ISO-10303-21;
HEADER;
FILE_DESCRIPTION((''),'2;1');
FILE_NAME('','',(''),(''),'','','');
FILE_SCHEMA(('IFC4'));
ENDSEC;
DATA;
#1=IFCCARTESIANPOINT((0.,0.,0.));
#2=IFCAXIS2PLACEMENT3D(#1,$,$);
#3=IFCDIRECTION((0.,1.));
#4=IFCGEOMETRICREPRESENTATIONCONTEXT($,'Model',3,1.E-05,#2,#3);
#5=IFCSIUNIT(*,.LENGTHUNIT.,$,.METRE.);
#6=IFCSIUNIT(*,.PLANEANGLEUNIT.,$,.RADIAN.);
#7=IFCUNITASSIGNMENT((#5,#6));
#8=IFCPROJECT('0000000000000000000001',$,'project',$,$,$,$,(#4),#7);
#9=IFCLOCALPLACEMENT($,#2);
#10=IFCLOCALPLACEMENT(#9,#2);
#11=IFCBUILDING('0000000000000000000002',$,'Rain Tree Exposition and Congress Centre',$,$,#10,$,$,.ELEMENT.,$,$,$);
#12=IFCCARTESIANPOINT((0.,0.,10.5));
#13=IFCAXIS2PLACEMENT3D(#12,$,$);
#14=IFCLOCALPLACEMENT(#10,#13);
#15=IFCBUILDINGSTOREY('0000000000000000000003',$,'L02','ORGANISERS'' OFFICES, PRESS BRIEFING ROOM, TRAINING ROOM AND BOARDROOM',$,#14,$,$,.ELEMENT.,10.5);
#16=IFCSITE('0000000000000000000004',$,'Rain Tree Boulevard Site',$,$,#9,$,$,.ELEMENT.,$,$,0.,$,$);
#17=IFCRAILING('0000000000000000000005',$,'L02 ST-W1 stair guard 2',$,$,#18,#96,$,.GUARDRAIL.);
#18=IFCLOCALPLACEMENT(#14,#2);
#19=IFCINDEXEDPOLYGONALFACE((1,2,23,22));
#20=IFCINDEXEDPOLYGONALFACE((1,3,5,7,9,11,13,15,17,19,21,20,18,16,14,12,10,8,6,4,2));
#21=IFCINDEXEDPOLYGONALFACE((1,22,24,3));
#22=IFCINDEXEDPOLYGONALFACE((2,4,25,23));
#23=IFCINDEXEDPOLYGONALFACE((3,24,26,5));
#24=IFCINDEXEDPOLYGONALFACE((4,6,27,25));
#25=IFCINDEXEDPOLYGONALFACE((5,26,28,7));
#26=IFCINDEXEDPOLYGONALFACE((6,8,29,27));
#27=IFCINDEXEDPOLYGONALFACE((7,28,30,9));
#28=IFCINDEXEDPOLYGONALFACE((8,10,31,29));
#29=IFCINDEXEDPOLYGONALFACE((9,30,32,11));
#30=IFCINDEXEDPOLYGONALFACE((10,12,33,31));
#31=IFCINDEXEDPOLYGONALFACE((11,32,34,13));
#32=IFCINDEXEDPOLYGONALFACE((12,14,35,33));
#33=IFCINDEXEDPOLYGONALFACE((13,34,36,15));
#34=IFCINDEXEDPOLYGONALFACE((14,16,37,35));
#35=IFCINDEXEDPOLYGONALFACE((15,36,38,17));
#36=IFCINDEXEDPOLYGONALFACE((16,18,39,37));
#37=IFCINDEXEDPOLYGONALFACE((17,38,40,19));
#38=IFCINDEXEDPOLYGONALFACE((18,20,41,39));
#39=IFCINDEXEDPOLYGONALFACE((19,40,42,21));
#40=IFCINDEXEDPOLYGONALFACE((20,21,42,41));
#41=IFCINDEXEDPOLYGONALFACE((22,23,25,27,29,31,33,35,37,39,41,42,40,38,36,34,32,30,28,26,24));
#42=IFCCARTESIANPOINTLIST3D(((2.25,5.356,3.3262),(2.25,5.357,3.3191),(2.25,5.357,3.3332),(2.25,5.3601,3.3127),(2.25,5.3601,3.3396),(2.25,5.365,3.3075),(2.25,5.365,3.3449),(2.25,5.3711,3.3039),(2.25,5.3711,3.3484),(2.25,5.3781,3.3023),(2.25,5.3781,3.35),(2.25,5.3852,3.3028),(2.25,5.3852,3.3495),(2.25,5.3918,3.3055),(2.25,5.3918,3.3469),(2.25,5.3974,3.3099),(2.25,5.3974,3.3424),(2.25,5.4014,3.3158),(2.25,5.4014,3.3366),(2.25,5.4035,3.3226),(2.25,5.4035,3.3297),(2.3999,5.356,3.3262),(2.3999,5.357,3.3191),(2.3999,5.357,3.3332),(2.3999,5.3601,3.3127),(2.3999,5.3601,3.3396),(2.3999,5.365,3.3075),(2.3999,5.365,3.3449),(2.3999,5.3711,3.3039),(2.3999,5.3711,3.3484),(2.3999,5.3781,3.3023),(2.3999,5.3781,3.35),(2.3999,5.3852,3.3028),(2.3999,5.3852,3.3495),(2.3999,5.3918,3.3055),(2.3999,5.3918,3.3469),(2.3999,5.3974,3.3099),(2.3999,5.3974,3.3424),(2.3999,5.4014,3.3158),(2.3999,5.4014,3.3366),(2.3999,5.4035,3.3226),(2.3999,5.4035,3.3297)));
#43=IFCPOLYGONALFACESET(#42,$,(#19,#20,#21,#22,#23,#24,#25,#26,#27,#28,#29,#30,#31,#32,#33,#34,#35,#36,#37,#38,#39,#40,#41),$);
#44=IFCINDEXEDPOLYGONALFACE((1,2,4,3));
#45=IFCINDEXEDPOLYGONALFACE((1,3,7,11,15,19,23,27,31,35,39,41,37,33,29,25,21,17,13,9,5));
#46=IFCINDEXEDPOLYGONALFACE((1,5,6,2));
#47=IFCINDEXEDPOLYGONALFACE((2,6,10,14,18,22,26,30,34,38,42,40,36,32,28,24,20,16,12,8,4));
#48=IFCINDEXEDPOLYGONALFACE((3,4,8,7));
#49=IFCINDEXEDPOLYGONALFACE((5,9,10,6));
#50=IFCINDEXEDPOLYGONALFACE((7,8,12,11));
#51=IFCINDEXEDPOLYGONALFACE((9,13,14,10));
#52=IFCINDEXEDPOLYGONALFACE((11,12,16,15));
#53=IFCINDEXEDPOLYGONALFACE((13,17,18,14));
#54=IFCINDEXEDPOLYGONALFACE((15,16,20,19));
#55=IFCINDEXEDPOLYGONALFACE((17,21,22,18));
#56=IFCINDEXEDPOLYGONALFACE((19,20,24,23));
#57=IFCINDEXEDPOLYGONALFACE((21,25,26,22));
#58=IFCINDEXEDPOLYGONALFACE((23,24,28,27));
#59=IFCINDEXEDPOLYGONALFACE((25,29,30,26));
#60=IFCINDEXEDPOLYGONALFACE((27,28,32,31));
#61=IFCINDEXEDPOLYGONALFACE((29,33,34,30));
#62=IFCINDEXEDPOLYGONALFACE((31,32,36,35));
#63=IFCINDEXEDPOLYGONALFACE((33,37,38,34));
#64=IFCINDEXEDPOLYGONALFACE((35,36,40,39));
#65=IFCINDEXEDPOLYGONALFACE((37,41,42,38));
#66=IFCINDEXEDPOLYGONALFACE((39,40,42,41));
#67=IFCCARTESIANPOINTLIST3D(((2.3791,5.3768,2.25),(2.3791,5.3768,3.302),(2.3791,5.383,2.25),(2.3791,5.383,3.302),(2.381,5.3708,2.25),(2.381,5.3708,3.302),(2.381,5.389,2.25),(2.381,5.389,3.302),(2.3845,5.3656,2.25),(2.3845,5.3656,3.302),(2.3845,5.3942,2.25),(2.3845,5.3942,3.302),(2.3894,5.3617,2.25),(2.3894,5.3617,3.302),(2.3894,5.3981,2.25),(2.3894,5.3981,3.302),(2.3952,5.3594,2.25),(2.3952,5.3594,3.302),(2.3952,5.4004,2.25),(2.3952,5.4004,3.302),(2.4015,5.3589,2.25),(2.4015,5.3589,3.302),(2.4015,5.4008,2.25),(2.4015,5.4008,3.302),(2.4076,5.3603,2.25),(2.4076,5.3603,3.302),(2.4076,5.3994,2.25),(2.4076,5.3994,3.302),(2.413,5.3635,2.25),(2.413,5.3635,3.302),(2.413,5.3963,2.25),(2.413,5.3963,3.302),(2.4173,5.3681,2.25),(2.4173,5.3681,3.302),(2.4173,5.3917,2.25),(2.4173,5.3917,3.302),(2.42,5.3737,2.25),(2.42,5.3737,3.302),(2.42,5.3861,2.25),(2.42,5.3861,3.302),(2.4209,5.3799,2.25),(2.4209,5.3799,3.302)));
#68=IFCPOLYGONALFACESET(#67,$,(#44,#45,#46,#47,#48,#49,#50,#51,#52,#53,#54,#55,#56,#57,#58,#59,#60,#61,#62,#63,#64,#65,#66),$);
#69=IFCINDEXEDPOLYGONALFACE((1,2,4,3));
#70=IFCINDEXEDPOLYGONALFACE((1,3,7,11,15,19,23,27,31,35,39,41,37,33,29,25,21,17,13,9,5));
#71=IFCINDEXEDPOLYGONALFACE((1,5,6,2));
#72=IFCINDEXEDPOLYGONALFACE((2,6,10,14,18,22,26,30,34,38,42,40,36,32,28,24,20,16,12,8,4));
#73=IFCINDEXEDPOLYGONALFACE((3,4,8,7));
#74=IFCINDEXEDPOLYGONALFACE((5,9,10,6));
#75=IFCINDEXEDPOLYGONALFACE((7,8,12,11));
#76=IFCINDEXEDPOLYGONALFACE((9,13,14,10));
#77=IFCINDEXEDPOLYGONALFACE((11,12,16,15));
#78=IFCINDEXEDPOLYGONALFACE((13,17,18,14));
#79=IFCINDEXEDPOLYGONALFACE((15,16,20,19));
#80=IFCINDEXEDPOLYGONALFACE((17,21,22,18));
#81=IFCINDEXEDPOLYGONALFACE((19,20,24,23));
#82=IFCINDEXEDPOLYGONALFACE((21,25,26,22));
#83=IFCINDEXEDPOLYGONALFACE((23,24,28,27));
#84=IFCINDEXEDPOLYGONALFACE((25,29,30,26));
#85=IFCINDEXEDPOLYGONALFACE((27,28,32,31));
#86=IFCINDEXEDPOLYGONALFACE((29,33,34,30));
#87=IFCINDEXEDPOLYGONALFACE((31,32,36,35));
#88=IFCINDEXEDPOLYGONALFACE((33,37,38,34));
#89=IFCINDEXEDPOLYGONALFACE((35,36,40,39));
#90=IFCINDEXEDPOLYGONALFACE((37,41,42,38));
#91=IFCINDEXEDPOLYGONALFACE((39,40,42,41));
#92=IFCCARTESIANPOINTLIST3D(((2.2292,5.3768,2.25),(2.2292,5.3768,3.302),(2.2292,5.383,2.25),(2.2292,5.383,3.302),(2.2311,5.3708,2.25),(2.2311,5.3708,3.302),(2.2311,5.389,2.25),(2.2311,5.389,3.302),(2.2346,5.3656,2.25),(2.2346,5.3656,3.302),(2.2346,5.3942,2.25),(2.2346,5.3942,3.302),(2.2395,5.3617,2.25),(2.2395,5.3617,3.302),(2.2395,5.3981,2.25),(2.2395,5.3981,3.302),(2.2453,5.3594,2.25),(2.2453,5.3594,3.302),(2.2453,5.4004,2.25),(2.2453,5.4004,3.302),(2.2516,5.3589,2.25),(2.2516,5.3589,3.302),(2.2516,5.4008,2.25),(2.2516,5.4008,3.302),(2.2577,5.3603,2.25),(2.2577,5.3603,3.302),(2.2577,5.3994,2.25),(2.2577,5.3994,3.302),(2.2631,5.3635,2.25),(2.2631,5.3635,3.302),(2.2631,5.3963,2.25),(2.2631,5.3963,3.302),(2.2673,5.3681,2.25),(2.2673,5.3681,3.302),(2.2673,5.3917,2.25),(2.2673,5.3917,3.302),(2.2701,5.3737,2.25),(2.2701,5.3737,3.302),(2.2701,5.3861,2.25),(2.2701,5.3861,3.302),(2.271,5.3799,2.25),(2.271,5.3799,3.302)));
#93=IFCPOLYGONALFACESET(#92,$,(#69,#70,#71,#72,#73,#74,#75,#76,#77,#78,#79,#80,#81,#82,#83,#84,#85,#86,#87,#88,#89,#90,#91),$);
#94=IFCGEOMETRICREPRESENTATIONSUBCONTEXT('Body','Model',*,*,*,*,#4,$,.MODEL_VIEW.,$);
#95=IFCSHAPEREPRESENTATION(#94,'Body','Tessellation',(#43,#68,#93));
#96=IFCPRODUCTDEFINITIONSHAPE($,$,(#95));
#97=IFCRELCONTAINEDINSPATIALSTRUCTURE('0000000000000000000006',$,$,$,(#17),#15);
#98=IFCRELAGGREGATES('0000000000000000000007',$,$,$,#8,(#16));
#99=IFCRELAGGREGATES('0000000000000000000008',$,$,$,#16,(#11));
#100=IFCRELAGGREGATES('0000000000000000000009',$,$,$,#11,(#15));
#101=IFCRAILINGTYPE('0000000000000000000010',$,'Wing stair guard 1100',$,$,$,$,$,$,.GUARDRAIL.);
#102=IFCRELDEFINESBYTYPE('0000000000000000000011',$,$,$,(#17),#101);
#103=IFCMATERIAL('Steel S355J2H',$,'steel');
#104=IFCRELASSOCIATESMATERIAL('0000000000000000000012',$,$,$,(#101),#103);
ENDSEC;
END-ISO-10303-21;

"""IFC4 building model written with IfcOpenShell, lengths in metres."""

from ifc_helpers import new_model, si_unit, direction, frame, origin, origin_2d, place, context, subcontext, project, spatial, circle, extrude, material, type_object, element, save


model = new_model("IFC4")

# Units and contexts
model_context = context("Model", 3, precision=1e-05, world=origin(), true_north=direction((0.0, 1.0)))
body_context = subcontext(model_context, "Body", "Model", "MODEL_VIEW")
ifc_project = project(units=[si_unit("LENGTHUNIT", "METRE"), si_unit("PLANEANGLEUNIT", "RADIAN")], contexts=[model_context])

# Site, building, storey
site_placement = place(None, origin())
site = spatial("IfcSite", under=ifc_project, at=site_placement, Name="Rain Tree Boulevard Site", CompositionType="ELEMENT", RefElevation=0.0)
building_placement = place(site_placement, origin())
building = spatial("IfcBuilding", under=site, at=building_placement, Name="Rain Tree Exposition and Congress Centre", CompositionType="ELEMENT")
storey_placement = place(building_placement, frame((0.0, 0.0, 10.5)))
storey = spatial("IfcBuildingStorey", under=building, at=storey_placement, Name="L02", Description="ORGANISERS' OFFICES, PRESS BRIEFING ROOM, TRAINING ROOM AND BOARDROOM", CompositionType="ELEMENT", Elevation=10.5)

# Railing
ifc_material_1 = material(Name="Steel S355J2H", Category="steel")
railing_type_1 = type_object("IfcRailingType", Name="Wing stair guard 1100", PredefinedType="GUARDRAIL", material=ifc_material_1)
railing_1_placement = place(storey_placement, frame((2.3999, 5.3799, 2.25)))
element("IfcRailing", 1, at=railing_1_placement, inside=storey, type_object=railing_type_1, Name="L02 ST-W1 stair guard 2", PredefinedType="GUARDRAIL", context=body_context, shape_type="SweptSolid", body=[
    extrude(circle(Radius=0.0239, at=origin_2d()), frame((0.0, 0.0, 1.0762), z_axis=(-1.0, 0.0, 0.0), x_axis=(0.0, -1.0, 0.0)), (0.0, 0.0, 1.0), 0.1499),
    extrude(circle(Radius=0.021, at=origin_2d()), origin(), (0.0, 0.0, 1.0), 1.052),
    extrude(circle(Radius=0.021, at=origin_2d()), frame((-0.1499, 0.0, 0.0)), (0.0, 0.0, 1.0), 1.052),
])

save(model, "model.ifc")
